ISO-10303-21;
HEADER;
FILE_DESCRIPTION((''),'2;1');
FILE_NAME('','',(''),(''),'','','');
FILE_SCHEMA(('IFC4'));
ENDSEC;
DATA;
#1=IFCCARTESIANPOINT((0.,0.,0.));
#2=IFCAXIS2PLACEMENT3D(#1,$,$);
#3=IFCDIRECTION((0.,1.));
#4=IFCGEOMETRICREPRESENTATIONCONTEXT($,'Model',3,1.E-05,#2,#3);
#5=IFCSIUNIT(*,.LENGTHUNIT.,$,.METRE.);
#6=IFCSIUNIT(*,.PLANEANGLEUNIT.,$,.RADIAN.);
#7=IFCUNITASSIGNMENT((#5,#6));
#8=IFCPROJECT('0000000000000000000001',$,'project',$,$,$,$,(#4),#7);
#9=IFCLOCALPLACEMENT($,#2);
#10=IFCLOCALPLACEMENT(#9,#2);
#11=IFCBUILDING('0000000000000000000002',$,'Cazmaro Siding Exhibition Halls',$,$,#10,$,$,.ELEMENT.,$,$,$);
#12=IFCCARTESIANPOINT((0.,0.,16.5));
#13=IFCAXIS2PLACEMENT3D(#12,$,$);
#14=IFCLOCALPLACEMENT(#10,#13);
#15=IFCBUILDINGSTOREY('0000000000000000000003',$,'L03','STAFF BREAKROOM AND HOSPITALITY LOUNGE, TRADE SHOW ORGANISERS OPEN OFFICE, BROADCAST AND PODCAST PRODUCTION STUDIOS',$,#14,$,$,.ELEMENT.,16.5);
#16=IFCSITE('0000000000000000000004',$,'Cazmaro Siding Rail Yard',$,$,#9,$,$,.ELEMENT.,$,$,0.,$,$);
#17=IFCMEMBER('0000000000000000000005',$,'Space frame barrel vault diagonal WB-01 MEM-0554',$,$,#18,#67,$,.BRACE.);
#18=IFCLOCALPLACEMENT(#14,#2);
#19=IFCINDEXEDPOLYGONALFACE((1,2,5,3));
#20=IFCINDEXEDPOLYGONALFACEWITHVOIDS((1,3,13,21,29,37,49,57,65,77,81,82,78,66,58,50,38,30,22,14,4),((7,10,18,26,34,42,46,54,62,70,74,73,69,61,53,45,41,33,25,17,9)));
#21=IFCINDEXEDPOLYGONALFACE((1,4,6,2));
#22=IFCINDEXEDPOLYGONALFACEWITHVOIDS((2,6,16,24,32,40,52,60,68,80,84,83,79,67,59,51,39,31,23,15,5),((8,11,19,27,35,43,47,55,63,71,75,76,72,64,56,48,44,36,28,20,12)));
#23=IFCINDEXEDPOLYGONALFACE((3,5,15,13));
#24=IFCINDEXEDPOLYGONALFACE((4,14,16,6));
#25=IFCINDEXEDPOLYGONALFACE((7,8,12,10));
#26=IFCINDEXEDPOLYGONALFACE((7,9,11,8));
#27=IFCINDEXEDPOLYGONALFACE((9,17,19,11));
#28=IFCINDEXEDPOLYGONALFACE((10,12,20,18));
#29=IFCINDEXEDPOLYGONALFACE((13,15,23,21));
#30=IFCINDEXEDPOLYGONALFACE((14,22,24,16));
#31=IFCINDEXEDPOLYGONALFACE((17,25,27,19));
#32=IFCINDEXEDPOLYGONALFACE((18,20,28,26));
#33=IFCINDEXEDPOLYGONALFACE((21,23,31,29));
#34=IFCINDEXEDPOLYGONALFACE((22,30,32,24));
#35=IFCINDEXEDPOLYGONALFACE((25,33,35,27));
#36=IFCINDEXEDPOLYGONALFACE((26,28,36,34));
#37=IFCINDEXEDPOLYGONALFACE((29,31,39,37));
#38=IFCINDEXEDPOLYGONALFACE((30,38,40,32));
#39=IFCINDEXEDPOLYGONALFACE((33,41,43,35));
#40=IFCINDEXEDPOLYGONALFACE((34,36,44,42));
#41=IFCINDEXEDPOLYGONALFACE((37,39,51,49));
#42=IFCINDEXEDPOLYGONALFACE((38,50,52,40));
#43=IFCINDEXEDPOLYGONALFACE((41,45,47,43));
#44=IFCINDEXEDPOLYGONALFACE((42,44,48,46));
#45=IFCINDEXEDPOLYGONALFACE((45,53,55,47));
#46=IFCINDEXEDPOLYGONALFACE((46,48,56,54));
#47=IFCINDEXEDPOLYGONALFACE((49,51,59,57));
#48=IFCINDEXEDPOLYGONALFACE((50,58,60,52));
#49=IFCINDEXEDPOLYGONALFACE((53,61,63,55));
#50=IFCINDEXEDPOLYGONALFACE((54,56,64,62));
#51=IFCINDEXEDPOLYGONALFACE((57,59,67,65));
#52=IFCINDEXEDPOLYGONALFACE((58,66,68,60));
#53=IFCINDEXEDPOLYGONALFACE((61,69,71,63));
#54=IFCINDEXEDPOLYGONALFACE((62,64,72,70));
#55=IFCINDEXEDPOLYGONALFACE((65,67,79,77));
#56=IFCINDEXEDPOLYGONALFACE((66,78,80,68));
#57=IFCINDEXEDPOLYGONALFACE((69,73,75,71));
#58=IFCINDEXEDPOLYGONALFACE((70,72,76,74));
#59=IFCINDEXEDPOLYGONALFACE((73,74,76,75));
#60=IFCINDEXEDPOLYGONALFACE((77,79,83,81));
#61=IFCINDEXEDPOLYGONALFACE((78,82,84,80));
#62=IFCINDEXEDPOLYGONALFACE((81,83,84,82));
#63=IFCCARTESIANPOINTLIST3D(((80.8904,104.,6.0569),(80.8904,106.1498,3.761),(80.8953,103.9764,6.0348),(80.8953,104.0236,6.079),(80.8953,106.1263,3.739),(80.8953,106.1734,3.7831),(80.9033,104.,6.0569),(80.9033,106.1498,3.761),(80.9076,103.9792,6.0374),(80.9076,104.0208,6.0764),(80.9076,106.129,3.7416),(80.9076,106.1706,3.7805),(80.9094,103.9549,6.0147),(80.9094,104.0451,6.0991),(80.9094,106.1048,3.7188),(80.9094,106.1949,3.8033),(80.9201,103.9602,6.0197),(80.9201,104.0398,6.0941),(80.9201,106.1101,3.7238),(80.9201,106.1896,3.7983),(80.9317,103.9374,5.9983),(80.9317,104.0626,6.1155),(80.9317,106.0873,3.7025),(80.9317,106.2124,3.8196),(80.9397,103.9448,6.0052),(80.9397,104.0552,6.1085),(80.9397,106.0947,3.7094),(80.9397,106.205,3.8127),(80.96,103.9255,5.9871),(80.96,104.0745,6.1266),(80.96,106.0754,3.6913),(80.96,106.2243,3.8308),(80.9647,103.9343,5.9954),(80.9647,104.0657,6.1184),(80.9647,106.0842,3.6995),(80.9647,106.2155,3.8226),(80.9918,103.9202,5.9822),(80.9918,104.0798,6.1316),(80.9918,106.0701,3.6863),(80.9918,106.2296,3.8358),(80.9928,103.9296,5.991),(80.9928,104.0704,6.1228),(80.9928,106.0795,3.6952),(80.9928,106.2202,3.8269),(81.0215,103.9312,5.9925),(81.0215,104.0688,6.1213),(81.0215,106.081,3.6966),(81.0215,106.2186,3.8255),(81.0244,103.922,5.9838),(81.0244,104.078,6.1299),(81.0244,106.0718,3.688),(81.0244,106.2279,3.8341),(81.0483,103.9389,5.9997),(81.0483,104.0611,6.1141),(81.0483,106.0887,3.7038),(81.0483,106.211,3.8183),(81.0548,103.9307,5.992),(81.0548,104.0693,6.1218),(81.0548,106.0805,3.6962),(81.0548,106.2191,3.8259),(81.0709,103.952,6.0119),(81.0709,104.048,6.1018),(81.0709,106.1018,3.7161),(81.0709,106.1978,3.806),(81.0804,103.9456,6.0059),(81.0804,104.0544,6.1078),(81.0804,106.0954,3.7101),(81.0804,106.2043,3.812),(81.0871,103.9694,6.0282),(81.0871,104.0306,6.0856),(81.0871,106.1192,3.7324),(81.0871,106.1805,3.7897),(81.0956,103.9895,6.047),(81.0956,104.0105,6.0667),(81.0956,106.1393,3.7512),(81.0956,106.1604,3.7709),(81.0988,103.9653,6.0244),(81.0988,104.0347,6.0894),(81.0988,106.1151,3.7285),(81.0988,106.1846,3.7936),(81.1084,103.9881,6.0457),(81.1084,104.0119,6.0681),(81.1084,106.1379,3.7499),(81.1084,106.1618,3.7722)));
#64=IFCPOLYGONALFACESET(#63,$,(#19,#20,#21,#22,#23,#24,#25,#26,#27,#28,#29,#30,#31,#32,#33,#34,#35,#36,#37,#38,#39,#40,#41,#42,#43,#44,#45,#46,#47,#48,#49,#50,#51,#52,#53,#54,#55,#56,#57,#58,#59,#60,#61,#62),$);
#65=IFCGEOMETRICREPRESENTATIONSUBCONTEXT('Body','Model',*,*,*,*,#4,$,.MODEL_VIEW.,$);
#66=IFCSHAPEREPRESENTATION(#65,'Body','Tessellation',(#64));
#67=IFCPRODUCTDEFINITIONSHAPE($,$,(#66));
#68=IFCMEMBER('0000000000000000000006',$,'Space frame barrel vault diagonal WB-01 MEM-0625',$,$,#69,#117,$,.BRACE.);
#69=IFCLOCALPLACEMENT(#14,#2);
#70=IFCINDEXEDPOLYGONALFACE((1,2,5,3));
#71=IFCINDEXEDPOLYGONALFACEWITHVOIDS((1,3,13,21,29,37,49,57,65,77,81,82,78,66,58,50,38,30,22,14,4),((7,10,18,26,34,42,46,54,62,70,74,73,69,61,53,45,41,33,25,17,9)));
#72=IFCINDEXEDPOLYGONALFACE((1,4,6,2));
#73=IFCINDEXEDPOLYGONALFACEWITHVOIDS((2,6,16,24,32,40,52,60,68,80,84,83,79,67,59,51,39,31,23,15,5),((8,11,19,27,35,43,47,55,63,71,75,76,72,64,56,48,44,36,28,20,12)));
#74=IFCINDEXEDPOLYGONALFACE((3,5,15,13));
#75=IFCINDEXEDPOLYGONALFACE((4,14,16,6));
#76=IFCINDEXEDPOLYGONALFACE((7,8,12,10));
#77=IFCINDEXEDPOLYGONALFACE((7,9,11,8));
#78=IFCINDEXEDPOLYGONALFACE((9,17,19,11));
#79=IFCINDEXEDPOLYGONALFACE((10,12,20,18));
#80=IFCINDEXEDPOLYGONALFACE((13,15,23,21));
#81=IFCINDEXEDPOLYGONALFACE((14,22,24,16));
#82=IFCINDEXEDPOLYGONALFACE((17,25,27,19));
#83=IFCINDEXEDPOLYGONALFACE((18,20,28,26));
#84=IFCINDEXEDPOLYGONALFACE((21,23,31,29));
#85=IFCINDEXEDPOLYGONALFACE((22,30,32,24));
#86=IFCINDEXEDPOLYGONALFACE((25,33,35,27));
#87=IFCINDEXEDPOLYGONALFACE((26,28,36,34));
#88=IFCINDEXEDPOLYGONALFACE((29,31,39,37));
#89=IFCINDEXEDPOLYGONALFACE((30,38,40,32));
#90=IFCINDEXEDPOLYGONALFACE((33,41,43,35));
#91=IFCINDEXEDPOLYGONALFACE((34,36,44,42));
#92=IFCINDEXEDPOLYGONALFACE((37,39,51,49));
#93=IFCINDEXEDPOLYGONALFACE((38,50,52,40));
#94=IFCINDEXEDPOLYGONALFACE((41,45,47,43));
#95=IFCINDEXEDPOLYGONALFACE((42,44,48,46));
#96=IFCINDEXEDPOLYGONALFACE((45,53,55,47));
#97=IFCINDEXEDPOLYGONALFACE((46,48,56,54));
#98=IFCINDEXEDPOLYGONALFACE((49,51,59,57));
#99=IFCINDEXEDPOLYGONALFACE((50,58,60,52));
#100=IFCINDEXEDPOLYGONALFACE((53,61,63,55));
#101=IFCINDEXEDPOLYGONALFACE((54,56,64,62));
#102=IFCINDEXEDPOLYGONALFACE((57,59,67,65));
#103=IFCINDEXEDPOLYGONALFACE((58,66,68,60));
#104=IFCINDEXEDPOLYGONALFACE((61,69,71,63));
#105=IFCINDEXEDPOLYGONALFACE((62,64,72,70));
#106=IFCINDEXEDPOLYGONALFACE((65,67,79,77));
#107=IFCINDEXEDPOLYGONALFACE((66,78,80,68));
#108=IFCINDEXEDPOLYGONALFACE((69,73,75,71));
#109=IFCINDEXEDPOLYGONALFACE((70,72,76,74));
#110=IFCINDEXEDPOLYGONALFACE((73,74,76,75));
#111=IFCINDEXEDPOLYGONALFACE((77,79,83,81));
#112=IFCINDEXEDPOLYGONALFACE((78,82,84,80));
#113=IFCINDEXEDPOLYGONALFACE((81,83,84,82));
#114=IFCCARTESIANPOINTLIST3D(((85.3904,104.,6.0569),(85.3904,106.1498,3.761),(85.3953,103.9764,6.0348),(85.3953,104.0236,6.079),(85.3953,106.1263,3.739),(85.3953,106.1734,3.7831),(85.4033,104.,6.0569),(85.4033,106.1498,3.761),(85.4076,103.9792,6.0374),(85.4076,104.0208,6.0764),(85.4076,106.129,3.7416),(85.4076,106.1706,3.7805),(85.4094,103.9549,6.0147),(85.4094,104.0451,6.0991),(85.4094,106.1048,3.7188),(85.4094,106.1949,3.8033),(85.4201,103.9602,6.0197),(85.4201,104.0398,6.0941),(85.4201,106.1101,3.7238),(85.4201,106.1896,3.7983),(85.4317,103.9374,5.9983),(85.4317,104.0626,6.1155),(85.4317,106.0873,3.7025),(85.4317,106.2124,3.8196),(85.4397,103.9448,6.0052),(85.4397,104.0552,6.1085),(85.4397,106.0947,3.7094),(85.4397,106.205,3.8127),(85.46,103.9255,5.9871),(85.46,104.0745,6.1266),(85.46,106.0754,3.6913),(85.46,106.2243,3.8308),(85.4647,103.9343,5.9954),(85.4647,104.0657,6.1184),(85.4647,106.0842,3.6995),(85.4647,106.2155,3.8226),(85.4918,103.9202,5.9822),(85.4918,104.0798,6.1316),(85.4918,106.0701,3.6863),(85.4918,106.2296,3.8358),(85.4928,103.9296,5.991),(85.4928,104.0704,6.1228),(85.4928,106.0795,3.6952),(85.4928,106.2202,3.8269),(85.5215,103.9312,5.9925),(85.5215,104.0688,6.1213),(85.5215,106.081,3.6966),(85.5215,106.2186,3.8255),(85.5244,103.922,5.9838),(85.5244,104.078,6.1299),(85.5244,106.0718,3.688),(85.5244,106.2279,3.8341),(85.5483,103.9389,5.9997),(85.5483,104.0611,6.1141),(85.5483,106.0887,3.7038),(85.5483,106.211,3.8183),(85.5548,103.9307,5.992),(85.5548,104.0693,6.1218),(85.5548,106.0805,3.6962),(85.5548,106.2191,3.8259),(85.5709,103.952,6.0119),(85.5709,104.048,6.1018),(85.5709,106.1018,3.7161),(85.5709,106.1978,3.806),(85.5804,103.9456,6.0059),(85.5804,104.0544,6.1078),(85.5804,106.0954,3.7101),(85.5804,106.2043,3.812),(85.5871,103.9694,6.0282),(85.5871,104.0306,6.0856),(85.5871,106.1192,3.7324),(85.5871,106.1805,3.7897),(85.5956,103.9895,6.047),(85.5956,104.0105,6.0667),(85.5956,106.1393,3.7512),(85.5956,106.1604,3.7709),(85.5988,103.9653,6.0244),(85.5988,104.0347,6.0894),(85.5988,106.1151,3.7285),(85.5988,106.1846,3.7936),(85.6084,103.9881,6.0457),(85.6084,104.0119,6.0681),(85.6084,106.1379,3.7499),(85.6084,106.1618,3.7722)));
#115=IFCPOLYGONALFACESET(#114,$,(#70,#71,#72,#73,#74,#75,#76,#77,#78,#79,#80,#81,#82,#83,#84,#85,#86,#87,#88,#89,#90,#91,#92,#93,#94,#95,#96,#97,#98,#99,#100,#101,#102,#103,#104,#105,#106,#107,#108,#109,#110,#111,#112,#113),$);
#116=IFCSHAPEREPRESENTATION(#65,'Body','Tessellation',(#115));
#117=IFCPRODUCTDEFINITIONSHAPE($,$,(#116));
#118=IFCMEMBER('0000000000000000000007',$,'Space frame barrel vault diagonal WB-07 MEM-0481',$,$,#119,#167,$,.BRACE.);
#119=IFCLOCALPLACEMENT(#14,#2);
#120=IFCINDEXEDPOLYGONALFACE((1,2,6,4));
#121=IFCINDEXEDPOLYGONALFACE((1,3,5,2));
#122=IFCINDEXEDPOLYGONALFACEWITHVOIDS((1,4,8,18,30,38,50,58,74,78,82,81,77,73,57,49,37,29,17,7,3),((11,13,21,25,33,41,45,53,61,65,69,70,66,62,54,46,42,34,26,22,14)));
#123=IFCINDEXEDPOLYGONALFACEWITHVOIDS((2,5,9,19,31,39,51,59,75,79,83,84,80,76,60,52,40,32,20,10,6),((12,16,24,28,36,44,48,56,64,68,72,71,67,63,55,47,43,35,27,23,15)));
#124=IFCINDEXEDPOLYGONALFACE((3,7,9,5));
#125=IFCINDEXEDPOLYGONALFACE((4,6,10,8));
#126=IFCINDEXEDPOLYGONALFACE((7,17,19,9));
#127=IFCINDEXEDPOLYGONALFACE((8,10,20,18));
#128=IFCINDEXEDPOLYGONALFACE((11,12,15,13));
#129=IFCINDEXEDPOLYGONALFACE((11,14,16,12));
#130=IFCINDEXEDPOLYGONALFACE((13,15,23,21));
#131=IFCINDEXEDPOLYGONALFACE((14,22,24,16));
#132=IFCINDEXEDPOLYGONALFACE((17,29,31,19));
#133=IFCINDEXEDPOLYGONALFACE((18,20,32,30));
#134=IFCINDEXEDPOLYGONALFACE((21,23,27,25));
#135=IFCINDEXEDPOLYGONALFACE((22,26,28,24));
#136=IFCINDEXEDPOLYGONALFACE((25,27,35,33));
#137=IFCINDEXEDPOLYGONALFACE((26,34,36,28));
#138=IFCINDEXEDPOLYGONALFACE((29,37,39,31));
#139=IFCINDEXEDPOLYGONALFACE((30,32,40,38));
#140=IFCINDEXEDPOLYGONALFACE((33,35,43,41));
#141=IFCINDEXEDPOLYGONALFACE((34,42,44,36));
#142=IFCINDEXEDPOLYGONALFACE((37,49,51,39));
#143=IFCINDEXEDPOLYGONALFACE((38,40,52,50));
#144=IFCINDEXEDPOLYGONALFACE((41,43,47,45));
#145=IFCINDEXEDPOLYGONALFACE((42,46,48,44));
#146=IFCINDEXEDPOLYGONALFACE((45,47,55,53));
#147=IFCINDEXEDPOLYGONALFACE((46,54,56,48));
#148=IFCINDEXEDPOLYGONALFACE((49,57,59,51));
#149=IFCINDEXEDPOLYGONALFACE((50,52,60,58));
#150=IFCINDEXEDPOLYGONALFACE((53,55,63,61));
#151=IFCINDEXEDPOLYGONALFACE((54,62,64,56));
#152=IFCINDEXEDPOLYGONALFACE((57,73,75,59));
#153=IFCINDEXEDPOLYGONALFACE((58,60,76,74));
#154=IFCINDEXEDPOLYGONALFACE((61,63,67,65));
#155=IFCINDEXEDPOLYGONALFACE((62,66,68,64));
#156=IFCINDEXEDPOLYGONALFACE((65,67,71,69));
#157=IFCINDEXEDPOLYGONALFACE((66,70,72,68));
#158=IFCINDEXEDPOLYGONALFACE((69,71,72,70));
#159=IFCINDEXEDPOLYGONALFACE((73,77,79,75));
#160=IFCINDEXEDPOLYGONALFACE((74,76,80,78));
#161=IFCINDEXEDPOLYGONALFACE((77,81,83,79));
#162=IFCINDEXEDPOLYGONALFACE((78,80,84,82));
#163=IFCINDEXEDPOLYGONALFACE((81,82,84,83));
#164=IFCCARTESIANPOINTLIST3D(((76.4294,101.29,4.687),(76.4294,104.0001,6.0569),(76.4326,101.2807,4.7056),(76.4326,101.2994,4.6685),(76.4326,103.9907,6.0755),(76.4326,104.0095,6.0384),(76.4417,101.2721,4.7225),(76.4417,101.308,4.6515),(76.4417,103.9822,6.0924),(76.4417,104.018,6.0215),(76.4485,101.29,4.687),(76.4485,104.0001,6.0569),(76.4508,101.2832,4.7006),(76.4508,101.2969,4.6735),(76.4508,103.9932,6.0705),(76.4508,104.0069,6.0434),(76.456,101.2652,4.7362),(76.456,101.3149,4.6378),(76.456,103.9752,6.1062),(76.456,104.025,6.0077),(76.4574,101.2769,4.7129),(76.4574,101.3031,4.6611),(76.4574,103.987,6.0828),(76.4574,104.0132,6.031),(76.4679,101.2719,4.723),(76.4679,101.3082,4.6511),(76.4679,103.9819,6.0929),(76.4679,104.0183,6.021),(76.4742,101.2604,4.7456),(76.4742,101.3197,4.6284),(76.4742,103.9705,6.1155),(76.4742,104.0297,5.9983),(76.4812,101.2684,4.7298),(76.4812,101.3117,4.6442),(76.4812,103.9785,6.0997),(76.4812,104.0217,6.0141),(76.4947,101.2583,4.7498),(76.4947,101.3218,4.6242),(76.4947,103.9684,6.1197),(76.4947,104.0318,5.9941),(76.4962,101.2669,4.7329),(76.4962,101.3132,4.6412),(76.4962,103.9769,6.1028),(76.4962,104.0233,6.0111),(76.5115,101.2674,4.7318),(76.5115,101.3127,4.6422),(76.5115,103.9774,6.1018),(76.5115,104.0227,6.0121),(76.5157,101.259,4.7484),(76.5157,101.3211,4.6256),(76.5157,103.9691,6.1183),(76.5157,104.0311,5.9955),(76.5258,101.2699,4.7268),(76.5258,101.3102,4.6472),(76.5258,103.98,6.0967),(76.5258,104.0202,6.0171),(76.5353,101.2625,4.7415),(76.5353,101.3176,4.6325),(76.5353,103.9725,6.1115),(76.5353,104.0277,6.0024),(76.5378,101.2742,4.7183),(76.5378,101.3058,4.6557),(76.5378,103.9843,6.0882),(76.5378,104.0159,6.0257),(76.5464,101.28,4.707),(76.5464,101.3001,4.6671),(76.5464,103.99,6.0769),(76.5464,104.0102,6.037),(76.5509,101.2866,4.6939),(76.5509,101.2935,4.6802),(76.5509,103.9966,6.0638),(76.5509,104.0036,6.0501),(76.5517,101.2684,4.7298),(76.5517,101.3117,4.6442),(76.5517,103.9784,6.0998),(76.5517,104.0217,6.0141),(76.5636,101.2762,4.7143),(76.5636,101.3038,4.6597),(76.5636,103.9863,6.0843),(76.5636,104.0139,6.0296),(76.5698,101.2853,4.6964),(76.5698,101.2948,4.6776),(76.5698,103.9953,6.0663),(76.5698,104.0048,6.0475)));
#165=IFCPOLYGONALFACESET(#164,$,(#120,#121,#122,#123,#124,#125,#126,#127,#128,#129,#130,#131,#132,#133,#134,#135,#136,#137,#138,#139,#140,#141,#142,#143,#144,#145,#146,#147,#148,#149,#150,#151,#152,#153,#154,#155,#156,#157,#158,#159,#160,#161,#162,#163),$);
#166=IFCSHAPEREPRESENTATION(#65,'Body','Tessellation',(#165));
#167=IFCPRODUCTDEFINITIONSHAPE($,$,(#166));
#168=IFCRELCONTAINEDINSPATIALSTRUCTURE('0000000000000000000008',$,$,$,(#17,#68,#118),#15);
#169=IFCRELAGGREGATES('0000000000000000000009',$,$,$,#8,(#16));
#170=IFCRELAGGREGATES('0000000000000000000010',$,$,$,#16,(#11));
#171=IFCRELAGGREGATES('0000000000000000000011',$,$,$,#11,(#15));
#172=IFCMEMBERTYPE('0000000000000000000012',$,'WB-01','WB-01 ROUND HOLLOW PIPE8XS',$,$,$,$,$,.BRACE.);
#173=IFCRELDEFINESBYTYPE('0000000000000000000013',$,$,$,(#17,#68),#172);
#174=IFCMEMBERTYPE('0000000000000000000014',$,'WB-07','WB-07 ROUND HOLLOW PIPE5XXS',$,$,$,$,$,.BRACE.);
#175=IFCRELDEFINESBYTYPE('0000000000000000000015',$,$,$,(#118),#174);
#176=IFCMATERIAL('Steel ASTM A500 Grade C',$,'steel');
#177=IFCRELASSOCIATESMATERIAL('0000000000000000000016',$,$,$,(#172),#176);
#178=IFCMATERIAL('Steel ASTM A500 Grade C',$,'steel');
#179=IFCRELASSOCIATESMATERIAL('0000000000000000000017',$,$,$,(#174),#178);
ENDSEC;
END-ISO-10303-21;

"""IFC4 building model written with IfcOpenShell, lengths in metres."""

from ifc_helpers import new_model, si_unit, direction, frame, origin, origin_2d, place, context, subcontext, project, spatial, hollow_circle, extrude, material, material_profile, profile_set, type_object, element, save


model = new_model("IFC4")

# Units and contexts
model_context = context("Model", 3, precision=1e-05, world=origin(), true_north=direction((0.0, 1.0)))
body_context = subcontext(model_context, "Body", "Model", "MODEL_VIEW")
ifc_project = project(units=[si_unit("LENGTHUNIT", "METRE"), si_unit("PLANEANGLEUNIT", "RADIAN")], contexts=[model_context])

# Site, building, storey
site_placement = place(None, origin())
site = spatial("IfcSite", under=ifc_project, at=site_placement, Name="Cazmaro Siding Rail Yard", CompositionType="ELEMENT", RefElevation=0.0)
building_placement = place(site_placement, origin())
building = spatial("IfcBuilding", under=site, at=building_placement, Name="Cazmaro Siding Exhibition Halls", CompositionType="ELEMENT")
storey_placement = place(building_placement, frame((0.0, 0.0, 16.5)))
storey = spatial("IfcBuildingStorey", under=building, at=storey_placement, Name="L03", Description="STAFF BREAKROOM AND HOSPITALITY LOUNGE, TRADE SHOW ORGANISERS OPEN OFFICE, BROADCAST AND PODCAST PRODUCTION STUDIOS", CompositionType="ELEMENT", Elevation=16.5)

# Members
ifc_material_1 = material(Name="Steel ASTM A500 Grade C", Category="steel")
ifc_material_profile_1 = material_profile(ifc_material_1, hollow_circle(Radius=0.1096, WallThickness=0.0129, at=origin_2d()), Name="PIPE8XS")
ifc_profile_set_1 = profile_set([ifc_material_profile_1], Name="Steel ASTM A500 Grade C")
member_type_1 = type_object("IfcMemberType", Name="WB-01", Description="WB-01 ROUND HOLLOW PIPE8XS", PredefinedType="BRACE", material=ifc_profile_set_1)
for number, where, z_axis, x_axis, name in (
    (1, (81.0, 104.0, 6.0569), (0.0, 0.683518, -0.729934), (-1.0, 0.0, 0.0), "Space frame barrel vault diagonal WB-01 MEM-0554"),
    (2, (85.5, 104.0, 6.0569), (0.0, 0.683518, -0.729934), (-1.0, 0.0, 0.0), "Space frame barrel vault diagonal WB-01 MEM-0625"),
):
    element("IfcMember", number, at=place(storey_placement, frame(where, z_axis=z_axis, x_axis=x_axis)), inside=storey, type_object=member_type_1, Name=name, PredefinedType="BRACE", context=body_context, shape_type="SweptSolid", body=[
        extrude(hollow_circle(Radius=0.1096, WallThickness=0.0129, at=origin_2d()), origin(), (0.0, 0.0, 1.0), 3.1453),
    ])
ifc_material_2 = material(Name="Steel ASTM A500 Grade C", Category="steel")
ifc_material_profile_2 = material_profile(ifc_material_2, hollow_circle(Radius=0.0706, WallThickness=0.019, at=origin_2d()), Name="PIPE5XXS")
ifc_profile_set_2 = profile_set([ifc_material_profile_2], Name="Steel ASTM A500 Grade C")
member_type_2 = type_object("IfcMemberType", Name="WB-07", Description="WB-07 ROUND HOLLOW PIPE5XXS", PredefinedType="BRACE", material=ifc_profile_set_2)
for number, where, z_axis, x_axis, name in (
    (3, (76.5, 101.29, 4.687), (0.0, 0.892457, 0.451133), (-1.0, 0.0, 0.0), "Space frame barrel vault diagonal WB-07 MEM-0481"),
):
    element("IfcMember", number, at=place(storey_placement, frame(where, z_axis=z_axis, x_axis=x_axis)), inside=storey, type_object=member_type_2, Name=name, PredefinedType="BRACE", context=body_context, shape_type="SweptSolid", body=[
        extrude(hollow_circle(Radius=0.0706, WallThickness=0.019, at=origin_2d()), origin(), (0.0, 0.0, 1.0), 3.0366),
    ])

save(model, "model.ifc")
